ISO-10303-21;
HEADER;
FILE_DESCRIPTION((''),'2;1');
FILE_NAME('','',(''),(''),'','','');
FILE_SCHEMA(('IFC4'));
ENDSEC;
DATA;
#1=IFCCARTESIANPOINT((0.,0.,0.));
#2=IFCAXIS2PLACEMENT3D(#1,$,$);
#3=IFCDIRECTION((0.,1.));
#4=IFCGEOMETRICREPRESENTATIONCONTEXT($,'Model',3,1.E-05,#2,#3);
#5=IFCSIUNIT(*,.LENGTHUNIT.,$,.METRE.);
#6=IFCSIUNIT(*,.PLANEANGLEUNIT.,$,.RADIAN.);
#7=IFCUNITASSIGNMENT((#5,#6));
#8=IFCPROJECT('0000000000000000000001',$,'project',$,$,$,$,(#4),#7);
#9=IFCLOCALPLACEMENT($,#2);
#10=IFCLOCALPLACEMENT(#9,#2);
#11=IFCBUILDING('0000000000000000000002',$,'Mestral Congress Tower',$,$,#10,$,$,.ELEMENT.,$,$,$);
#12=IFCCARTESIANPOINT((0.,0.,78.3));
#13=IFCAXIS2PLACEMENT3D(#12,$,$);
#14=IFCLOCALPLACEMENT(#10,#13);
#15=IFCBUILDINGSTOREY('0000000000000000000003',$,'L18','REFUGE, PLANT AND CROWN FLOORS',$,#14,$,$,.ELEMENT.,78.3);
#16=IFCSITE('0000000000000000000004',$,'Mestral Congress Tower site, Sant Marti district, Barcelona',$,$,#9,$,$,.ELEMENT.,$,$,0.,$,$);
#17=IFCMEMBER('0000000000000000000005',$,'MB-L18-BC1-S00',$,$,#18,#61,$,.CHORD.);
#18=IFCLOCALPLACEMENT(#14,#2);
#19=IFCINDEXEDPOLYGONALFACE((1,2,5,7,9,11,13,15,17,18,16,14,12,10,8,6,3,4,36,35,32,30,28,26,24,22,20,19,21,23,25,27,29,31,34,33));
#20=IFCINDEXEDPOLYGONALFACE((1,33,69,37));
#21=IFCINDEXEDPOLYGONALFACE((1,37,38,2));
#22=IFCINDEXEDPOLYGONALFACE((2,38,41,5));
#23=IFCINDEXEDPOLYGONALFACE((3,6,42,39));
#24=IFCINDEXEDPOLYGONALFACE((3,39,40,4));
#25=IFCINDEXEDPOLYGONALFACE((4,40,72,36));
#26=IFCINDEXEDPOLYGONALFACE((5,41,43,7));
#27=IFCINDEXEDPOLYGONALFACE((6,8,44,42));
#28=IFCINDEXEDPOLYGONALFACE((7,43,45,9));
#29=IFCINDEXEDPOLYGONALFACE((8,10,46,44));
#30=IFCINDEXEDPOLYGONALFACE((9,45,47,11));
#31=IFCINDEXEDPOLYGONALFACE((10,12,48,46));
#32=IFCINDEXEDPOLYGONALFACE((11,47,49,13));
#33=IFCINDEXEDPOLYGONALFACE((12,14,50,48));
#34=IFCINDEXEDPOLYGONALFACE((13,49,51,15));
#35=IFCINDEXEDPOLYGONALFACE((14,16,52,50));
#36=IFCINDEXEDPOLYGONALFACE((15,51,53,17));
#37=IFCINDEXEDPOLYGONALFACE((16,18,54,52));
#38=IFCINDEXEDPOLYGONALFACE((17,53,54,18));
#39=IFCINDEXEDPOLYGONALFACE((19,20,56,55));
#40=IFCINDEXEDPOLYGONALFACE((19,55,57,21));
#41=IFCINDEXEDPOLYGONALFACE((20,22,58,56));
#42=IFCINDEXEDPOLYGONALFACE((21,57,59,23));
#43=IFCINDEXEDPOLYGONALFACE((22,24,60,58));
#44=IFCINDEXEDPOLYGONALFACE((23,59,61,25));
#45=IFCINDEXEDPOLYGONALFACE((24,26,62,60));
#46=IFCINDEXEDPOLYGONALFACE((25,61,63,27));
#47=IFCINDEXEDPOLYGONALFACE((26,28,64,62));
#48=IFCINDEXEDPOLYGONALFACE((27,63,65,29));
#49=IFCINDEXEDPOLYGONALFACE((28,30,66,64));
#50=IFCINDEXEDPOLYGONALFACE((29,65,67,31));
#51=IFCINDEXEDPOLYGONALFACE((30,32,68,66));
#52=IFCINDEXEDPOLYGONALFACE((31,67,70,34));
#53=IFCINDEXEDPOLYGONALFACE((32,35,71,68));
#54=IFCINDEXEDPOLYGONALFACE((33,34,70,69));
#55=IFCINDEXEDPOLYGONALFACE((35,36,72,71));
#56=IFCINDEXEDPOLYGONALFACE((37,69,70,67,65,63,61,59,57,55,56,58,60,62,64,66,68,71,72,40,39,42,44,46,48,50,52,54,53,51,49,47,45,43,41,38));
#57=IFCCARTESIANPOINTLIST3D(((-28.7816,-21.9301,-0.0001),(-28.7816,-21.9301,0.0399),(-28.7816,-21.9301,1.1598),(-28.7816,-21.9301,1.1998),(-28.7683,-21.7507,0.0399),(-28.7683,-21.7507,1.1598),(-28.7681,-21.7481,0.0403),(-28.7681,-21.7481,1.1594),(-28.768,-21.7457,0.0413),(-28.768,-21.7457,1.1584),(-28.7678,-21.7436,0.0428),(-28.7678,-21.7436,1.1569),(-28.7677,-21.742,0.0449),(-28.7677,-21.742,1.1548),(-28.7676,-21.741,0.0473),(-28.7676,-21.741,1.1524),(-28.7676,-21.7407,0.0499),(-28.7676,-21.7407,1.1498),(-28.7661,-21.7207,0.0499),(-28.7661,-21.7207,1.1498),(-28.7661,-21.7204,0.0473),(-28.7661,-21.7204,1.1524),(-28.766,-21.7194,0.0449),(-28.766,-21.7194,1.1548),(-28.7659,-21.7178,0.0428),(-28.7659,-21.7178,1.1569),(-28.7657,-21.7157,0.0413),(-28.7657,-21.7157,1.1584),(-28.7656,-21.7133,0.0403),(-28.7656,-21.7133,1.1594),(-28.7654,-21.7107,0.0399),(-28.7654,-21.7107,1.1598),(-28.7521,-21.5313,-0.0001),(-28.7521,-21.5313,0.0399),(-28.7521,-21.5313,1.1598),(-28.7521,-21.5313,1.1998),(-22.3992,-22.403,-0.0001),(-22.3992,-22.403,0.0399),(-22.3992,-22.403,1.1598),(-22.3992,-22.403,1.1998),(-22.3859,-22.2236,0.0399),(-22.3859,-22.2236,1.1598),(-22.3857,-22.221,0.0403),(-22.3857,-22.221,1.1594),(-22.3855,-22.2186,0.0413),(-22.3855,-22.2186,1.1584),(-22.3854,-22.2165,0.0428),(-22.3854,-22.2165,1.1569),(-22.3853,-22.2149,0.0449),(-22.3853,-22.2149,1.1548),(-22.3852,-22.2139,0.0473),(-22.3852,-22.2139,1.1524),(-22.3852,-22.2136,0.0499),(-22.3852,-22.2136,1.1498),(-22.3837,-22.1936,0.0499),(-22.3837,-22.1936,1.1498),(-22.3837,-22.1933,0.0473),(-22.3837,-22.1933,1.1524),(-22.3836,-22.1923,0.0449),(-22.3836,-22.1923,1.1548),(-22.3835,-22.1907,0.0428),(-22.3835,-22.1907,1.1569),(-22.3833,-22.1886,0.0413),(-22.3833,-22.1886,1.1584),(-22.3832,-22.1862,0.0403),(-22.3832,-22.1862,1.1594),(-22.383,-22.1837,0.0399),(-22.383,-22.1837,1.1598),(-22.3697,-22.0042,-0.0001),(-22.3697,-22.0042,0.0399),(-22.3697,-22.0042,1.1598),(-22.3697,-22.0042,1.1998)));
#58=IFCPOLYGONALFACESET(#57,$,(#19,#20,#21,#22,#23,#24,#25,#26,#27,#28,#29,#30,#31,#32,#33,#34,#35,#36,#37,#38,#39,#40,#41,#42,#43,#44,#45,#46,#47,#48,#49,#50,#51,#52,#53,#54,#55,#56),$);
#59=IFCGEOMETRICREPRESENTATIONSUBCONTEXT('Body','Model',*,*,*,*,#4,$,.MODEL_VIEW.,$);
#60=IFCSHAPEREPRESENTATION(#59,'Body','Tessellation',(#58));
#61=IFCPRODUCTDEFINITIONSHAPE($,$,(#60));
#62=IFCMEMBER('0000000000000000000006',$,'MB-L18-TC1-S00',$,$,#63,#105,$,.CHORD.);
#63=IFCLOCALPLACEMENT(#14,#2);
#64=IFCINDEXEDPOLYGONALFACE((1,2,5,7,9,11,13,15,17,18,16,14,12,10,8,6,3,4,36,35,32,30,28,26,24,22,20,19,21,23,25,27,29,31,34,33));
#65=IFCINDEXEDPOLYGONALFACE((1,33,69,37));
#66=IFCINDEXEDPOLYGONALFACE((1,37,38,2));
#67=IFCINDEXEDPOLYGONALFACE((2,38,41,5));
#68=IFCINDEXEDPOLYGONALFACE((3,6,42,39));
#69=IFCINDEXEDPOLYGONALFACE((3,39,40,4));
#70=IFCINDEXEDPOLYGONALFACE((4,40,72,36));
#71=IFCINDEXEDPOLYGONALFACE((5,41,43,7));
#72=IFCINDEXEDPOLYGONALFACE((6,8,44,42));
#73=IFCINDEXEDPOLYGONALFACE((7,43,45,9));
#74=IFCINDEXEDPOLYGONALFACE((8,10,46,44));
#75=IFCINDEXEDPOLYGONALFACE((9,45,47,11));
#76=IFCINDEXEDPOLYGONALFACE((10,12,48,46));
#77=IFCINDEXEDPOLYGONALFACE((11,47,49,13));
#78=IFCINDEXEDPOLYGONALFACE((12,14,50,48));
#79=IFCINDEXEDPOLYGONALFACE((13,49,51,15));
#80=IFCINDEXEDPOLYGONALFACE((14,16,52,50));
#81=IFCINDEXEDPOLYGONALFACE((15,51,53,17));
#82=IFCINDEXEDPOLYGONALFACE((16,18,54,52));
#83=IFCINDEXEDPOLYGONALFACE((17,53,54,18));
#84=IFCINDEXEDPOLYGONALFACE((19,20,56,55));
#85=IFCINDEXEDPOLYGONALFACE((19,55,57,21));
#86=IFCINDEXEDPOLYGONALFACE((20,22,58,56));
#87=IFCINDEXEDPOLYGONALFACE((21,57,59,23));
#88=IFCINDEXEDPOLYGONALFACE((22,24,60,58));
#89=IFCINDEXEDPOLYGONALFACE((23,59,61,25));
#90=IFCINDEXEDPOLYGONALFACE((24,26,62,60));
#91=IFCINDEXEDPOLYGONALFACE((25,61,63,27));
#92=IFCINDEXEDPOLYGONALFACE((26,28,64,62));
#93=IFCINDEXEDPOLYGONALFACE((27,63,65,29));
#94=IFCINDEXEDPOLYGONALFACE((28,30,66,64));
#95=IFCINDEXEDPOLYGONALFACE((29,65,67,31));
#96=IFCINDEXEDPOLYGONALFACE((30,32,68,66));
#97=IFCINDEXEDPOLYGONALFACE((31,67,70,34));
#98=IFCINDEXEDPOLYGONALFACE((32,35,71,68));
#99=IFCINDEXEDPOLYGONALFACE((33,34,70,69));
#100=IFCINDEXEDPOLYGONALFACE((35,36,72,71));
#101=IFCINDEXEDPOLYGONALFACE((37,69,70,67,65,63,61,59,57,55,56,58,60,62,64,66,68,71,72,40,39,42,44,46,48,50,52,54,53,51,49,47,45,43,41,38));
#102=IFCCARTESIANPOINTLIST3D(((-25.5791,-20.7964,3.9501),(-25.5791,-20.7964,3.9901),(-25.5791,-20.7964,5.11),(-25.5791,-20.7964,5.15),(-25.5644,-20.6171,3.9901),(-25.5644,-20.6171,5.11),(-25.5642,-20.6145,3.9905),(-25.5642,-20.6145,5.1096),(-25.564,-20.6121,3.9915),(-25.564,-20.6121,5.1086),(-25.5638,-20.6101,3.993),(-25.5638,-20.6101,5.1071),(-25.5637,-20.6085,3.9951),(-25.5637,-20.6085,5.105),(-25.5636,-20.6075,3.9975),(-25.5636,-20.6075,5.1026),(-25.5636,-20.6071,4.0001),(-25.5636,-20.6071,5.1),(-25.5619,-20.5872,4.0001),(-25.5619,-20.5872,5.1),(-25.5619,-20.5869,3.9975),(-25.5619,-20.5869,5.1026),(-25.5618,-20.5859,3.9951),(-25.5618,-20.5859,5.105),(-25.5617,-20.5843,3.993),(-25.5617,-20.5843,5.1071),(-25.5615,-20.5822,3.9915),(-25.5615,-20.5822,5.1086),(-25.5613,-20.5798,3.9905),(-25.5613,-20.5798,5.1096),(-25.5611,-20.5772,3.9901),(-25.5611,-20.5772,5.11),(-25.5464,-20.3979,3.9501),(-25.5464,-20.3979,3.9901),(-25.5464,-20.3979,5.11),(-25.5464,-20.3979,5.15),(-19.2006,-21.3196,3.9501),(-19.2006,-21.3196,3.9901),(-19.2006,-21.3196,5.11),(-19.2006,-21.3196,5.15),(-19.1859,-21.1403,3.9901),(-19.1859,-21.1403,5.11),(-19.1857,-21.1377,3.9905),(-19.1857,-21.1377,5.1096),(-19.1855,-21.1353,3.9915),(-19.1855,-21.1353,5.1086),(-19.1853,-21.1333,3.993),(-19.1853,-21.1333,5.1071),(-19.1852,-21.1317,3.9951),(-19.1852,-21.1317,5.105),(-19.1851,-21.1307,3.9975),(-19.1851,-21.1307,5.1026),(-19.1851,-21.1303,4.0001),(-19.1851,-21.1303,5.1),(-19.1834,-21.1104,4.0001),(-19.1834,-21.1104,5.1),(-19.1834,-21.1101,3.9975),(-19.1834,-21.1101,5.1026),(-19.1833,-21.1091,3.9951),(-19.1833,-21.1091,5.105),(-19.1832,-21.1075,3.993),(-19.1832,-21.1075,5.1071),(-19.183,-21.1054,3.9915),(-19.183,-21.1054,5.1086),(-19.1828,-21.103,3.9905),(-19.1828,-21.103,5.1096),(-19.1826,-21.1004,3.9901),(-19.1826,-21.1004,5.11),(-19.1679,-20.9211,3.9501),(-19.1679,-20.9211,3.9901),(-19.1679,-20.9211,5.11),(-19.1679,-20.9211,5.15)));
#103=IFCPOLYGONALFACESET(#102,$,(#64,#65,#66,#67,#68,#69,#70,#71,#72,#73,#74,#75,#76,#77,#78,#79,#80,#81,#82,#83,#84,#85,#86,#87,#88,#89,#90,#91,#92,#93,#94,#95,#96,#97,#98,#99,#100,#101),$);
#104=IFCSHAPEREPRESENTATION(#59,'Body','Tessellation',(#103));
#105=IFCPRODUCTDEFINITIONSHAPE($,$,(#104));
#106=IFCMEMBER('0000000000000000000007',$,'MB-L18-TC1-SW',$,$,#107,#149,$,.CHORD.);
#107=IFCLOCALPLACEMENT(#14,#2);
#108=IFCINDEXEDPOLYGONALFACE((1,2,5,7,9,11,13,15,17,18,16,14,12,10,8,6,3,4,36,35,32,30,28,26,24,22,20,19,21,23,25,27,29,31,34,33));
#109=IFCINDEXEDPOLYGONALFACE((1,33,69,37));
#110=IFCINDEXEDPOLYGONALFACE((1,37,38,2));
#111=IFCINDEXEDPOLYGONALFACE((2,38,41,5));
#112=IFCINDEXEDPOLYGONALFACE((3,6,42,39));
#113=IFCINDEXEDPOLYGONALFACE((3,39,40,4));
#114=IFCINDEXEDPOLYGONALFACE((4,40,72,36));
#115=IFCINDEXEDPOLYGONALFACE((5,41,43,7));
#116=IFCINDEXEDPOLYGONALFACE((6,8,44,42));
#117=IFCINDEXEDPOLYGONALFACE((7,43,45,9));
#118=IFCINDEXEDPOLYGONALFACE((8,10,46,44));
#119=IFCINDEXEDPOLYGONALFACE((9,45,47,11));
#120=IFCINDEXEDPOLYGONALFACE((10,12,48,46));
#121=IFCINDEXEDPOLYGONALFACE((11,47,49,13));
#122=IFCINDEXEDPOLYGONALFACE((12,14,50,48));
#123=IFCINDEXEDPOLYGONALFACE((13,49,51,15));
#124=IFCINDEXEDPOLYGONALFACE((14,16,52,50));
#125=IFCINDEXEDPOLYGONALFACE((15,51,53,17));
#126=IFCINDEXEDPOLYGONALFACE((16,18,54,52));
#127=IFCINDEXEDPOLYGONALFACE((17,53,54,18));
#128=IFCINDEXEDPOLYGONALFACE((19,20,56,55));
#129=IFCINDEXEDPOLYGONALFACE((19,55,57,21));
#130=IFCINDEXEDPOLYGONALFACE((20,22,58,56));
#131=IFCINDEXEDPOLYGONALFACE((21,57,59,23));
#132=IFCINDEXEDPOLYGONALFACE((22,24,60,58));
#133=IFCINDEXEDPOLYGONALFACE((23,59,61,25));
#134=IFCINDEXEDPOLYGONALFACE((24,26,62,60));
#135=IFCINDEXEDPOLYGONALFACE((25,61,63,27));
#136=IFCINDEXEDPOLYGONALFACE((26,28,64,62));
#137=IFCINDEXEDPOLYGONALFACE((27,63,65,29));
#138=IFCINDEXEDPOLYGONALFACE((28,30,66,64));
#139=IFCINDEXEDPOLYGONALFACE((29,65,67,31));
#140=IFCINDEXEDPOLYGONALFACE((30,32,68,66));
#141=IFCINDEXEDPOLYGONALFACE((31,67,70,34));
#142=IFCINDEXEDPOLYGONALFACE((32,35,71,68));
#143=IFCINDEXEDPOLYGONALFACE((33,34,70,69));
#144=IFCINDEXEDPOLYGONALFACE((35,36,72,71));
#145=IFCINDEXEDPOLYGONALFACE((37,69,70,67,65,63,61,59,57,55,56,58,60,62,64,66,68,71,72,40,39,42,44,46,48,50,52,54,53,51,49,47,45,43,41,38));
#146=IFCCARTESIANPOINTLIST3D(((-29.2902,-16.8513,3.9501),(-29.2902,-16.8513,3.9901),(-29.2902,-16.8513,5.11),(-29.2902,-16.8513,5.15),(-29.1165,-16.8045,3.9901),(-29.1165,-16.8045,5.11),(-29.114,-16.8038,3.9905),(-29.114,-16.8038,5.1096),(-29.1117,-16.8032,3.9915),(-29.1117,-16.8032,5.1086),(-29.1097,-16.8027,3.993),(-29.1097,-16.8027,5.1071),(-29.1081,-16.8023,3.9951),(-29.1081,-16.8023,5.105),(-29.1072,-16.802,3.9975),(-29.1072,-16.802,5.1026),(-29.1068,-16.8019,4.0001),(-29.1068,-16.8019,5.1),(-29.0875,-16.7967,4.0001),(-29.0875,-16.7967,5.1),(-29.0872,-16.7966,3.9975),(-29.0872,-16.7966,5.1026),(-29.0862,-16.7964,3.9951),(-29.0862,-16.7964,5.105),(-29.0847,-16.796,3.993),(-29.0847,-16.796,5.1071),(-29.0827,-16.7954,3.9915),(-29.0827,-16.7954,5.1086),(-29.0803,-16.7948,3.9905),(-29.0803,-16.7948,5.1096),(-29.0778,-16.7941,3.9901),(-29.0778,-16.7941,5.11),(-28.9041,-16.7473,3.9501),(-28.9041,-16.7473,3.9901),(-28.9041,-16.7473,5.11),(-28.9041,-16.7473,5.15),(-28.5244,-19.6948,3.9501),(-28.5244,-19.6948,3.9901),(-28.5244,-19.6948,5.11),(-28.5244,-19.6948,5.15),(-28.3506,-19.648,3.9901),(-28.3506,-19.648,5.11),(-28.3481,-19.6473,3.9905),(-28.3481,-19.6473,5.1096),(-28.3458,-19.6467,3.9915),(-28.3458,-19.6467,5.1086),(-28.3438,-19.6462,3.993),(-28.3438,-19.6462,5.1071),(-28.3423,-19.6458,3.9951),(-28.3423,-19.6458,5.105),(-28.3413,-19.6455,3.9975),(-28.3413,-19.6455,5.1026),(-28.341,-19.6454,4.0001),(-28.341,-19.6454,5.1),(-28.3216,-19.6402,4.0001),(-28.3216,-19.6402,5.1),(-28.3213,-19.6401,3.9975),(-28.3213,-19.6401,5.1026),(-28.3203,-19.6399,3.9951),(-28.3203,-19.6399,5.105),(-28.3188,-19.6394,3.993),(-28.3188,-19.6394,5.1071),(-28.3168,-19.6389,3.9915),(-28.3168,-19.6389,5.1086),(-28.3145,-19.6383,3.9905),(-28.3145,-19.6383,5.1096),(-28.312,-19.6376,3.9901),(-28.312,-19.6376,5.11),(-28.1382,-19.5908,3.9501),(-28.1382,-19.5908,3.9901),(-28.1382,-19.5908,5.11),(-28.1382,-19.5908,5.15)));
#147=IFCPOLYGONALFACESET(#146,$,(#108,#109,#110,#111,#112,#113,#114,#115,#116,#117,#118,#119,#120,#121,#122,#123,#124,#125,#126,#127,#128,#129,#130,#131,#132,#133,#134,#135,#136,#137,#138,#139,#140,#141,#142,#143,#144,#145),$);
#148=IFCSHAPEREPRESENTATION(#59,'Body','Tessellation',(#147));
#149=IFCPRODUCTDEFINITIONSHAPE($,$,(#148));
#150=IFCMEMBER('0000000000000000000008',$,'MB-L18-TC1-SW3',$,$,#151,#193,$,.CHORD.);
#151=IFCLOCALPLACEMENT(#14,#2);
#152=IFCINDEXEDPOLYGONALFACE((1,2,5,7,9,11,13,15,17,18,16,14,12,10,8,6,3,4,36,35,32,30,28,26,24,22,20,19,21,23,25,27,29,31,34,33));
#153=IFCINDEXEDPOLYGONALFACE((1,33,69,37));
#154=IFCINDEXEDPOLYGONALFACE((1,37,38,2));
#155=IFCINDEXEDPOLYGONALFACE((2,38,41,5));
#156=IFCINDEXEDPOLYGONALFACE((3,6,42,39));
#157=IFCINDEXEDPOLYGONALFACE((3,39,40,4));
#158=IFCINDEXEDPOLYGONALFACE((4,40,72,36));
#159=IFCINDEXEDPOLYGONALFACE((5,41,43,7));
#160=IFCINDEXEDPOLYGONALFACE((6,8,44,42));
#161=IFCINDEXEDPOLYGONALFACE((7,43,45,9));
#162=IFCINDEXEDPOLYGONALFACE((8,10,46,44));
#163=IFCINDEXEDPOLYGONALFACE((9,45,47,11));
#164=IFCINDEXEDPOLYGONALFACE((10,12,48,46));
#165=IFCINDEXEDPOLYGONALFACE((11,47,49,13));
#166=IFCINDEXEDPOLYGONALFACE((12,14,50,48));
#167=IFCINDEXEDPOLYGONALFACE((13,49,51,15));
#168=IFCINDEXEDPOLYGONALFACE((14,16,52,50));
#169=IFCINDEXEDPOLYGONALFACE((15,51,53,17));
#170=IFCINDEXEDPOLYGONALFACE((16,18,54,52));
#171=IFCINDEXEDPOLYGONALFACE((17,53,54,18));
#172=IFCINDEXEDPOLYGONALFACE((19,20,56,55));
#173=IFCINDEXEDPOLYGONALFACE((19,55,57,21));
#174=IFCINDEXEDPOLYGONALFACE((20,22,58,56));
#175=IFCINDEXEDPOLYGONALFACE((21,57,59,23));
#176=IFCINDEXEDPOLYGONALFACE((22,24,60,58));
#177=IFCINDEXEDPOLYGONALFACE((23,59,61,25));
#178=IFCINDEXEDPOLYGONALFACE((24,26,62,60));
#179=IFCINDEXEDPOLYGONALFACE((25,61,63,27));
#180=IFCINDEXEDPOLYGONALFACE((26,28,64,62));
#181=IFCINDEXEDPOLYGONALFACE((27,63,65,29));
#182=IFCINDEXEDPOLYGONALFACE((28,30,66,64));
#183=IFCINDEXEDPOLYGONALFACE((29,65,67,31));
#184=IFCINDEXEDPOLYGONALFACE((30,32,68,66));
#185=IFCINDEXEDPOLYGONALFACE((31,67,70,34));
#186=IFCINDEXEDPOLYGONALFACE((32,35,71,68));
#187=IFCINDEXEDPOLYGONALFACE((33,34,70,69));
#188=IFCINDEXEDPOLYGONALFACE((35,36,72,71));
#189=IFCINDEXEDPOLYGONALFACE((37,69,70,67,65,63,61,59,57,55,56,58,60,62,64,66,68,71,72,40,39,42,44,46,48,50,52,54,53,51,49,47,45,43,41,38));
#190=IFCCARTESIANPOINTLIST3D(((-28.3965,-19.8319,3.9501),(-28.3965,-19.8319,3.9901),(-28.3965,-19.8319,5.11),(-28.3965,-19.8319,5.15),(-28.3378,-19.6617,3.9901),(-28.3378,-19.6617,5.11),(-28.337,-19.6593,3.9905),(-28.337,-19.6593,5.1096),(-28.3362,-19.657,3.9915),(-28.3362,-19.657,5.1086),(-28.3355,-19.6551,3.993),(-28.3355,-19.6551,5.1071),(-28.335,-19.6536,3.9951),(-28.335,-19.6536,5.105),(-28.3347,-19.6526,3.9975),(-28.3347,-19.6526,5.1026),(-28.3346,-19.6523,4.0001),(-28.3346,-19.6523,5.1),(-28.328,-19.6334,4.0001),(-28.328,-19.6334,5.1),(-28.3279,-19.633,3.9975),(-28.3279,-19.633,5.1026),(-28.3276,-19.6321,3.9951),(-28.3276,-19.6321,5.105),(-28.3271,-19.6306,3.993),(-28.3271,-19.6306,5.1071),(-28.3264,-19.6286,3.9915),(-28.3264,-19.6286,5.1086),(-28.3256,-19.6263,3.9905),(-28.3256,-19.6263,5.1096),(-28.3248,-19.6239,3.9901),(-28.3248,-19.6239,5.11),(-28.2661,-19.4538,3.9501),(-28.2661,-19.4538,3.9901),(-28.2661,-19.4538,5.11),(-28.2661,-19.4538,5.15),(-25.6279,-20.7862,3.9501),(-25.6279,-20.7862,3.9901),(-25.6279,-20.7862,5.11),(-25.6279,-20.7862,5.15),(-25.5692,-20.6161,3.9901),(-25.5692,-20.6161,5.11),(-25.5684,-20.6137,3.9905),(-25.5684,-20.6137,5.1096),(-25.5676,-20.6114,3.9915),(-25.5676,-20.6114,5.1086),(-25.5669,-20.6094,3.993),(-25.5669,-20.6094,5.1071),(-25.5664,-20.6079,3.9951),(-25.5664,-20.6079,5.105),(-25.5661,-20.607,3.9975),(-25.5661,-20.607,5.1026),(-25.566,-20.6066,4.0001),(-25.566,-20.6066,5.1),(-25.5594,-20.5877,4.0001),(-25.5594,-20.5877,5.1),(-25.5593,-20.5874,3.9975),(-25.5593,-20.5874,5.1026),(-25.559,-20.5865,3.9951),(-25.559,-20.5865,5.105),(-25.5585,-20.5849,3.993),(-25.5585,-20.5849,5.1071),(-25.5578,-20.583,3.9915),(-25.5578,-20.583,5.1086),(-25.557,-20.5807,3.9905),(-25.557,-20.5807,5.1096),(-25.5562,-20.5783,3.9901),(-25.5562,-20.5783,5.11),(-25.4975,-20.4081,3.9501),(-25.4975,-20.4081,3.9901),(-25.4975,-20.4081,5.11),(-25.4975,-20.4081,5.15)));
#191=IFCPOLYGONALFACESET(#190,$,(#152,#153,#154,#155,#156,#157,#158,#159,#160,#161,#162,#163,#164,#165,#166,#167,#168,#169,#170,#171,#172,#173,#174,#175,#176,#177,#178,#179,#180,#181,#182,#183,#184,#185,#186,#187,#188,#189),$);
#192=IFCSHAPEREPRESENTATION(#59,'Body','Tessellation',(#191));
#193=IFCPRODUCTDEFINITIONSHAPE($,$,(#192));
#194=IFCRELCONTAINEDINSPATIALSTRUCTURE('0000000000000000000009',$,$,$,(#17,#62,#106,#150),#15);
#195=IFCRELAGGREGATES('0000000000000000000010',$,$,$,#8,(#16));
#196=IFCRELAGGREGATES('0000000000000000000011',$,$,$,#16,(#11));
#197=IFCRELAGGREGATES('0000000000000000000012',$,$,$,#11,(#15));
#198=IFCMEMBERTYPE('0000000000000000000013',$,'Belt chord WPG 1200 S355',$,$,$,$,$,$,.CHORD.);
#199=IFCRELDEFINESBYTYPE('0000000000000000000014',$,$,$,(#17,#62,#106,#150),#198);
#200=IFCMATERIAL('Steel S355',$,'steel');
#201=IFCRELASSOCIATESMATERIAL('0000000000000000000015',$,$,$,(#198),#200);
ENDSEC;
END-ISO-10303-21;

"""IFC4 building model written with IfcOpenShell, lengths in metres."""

from ifc_helpers import new_model, si_unit, direction, frame, origin, origin_2d, place, context, subcontext, project, spatial, i_section, extrude, material, material_profile, profile_set, type_object, element, save


model = new_model("IFC4")

# Units and contexts
model_context = context("Model", 3, precision=1e-05, world=origin(), true_north=direction((0.0, 1.0)))
body_context = subcontext(model_context, "Body", "Model", "MODEL_VIEW")
ifc_project = project(units=[si_unit("LENGTHUNIT", "METRE"), si_unit("PLANEANGLEUNIT", "RADIAN")], contexts=[model_context])

# Site, building, storey
site_placement = place(None, origin())
site = spatial("IfcSite", under=ifc_project, at=site_placement, Name="Mestral Congress Tower site, Sant Marti district, Barcelona", CompositionType="ELEMENT", RefElevation=0.0)
building_placement = place(site_placement, origin())
building = spatial("IfcBuilding", under=site, at=building_placement, Name="Mestral Congress Tower", CompositionType="ELEMENT")
storey_placement = place(building_placement, frame((0.0, 0.0, 78.3)))
storey = spatial("IfcBuildingStorey", under=building, at=storey_placement, Name="L18", Description="REFUGE, PLANT AND CROWN FLOORS", CompositionType="ELEMENT", Elevation=78.3)

# Members
ifc_material_1 = material(Name="Steel S355", Category="steel")
ifc_material_profile_1 = material_profile(ifc_material_1, i_section(OverallWidth=0.3999, OverallDepth=1.2, WebThickness=0.02, FlangeThickness=0.04, FilletRadius=0.01, at=origin_2d()), Name="WPG 1200")
ifc_profile_set_1 = profile_set([ifc_material_profile_1], Name="Steel S355")
member_type_1 = type_object("IfcMemberType", Name="Belt chord WPG 1200 S355", PredefinedType="CHORD", material=ifc_profile_set_1)
for number, where, z_axis, x_axis, name in (
    (1, (-28.7668, -21.7307, 0.5999), (0.997266, -0.073893, 0.0), (0.073893, 0.997266, 0.0), "MB-L18-BC1-S00"),
    (2, (-25.5627, -20.5972, 4.55), (0.996653, -0.081751, 0.0), (0.081751, 0.996653, 0.0), "MB-L18-TC1-S00"),
):
    element("IfcMember", number, at=place(storey_placement, frame(where, z_axis=z_axis, x_axis=x_axis)), inside=storey, type_object=member_type_1, Name=name, PredefinedType="CHORD", context=body_context, shape_type="SweptSolid", body=[
        extrude(i_section(OverallWidth=0.3999, OverallDepth=1.2, WebThickness=0.02, FlangeThickness=0.04, FilletRadius=0.01, at=origin_2d()), origin(), (0.0, 0.0, 1.0), 6.3999),
    ])
member_1_placement = place(storey_placement, frame((-29.0972, -16.7993, 4.55), z_axis=(0.260072, -0.965589, 0.0), x_axis=(0.965589, 0.260072, 0.0)))
element("IfcMember", 3, at=member_1_placement, inside=storey, type_object=member_type_1, Name="MB-L18-TC1-SW", PredefinedType="CHORD", context=body_context, shape_type="SweptSolid", body=[
    extrude(i_section(OverallWidth=0.3999, OverallDepth=1.2, WebThickness=0.02, FlangeThickness=0.04, FilletRadius=0.01, at=origin_2d()), origin(), (0.0, 0.0, 1.0), 2.9448),
])
member_2_placement = place(storey_placement, frame((-28.3313, -19.6428, 4.55), z_axis=(0.945408, -0.32589, 0.0), x_axis=(0.32589, 0.945408, 0.0)))
element("IfcMember", 4, at=member_2_placement, inside=storey, type_object=member_type_1, Name="MB-L18-TC1-SW3", PredefinedType="CHORD", context=body_context, shape_type="SweptSolid", body=[
    extrude(i_section(OverallWidth=0.3999, OverallDepth=1.2, WebThickness=0.02, FlangeThickness=0.04, FilletRadius=0.01, at=origin_2d()), origin(), (0.0, 0.0, 1.0), 2.9285),
])

save(model, "model.ifc")
